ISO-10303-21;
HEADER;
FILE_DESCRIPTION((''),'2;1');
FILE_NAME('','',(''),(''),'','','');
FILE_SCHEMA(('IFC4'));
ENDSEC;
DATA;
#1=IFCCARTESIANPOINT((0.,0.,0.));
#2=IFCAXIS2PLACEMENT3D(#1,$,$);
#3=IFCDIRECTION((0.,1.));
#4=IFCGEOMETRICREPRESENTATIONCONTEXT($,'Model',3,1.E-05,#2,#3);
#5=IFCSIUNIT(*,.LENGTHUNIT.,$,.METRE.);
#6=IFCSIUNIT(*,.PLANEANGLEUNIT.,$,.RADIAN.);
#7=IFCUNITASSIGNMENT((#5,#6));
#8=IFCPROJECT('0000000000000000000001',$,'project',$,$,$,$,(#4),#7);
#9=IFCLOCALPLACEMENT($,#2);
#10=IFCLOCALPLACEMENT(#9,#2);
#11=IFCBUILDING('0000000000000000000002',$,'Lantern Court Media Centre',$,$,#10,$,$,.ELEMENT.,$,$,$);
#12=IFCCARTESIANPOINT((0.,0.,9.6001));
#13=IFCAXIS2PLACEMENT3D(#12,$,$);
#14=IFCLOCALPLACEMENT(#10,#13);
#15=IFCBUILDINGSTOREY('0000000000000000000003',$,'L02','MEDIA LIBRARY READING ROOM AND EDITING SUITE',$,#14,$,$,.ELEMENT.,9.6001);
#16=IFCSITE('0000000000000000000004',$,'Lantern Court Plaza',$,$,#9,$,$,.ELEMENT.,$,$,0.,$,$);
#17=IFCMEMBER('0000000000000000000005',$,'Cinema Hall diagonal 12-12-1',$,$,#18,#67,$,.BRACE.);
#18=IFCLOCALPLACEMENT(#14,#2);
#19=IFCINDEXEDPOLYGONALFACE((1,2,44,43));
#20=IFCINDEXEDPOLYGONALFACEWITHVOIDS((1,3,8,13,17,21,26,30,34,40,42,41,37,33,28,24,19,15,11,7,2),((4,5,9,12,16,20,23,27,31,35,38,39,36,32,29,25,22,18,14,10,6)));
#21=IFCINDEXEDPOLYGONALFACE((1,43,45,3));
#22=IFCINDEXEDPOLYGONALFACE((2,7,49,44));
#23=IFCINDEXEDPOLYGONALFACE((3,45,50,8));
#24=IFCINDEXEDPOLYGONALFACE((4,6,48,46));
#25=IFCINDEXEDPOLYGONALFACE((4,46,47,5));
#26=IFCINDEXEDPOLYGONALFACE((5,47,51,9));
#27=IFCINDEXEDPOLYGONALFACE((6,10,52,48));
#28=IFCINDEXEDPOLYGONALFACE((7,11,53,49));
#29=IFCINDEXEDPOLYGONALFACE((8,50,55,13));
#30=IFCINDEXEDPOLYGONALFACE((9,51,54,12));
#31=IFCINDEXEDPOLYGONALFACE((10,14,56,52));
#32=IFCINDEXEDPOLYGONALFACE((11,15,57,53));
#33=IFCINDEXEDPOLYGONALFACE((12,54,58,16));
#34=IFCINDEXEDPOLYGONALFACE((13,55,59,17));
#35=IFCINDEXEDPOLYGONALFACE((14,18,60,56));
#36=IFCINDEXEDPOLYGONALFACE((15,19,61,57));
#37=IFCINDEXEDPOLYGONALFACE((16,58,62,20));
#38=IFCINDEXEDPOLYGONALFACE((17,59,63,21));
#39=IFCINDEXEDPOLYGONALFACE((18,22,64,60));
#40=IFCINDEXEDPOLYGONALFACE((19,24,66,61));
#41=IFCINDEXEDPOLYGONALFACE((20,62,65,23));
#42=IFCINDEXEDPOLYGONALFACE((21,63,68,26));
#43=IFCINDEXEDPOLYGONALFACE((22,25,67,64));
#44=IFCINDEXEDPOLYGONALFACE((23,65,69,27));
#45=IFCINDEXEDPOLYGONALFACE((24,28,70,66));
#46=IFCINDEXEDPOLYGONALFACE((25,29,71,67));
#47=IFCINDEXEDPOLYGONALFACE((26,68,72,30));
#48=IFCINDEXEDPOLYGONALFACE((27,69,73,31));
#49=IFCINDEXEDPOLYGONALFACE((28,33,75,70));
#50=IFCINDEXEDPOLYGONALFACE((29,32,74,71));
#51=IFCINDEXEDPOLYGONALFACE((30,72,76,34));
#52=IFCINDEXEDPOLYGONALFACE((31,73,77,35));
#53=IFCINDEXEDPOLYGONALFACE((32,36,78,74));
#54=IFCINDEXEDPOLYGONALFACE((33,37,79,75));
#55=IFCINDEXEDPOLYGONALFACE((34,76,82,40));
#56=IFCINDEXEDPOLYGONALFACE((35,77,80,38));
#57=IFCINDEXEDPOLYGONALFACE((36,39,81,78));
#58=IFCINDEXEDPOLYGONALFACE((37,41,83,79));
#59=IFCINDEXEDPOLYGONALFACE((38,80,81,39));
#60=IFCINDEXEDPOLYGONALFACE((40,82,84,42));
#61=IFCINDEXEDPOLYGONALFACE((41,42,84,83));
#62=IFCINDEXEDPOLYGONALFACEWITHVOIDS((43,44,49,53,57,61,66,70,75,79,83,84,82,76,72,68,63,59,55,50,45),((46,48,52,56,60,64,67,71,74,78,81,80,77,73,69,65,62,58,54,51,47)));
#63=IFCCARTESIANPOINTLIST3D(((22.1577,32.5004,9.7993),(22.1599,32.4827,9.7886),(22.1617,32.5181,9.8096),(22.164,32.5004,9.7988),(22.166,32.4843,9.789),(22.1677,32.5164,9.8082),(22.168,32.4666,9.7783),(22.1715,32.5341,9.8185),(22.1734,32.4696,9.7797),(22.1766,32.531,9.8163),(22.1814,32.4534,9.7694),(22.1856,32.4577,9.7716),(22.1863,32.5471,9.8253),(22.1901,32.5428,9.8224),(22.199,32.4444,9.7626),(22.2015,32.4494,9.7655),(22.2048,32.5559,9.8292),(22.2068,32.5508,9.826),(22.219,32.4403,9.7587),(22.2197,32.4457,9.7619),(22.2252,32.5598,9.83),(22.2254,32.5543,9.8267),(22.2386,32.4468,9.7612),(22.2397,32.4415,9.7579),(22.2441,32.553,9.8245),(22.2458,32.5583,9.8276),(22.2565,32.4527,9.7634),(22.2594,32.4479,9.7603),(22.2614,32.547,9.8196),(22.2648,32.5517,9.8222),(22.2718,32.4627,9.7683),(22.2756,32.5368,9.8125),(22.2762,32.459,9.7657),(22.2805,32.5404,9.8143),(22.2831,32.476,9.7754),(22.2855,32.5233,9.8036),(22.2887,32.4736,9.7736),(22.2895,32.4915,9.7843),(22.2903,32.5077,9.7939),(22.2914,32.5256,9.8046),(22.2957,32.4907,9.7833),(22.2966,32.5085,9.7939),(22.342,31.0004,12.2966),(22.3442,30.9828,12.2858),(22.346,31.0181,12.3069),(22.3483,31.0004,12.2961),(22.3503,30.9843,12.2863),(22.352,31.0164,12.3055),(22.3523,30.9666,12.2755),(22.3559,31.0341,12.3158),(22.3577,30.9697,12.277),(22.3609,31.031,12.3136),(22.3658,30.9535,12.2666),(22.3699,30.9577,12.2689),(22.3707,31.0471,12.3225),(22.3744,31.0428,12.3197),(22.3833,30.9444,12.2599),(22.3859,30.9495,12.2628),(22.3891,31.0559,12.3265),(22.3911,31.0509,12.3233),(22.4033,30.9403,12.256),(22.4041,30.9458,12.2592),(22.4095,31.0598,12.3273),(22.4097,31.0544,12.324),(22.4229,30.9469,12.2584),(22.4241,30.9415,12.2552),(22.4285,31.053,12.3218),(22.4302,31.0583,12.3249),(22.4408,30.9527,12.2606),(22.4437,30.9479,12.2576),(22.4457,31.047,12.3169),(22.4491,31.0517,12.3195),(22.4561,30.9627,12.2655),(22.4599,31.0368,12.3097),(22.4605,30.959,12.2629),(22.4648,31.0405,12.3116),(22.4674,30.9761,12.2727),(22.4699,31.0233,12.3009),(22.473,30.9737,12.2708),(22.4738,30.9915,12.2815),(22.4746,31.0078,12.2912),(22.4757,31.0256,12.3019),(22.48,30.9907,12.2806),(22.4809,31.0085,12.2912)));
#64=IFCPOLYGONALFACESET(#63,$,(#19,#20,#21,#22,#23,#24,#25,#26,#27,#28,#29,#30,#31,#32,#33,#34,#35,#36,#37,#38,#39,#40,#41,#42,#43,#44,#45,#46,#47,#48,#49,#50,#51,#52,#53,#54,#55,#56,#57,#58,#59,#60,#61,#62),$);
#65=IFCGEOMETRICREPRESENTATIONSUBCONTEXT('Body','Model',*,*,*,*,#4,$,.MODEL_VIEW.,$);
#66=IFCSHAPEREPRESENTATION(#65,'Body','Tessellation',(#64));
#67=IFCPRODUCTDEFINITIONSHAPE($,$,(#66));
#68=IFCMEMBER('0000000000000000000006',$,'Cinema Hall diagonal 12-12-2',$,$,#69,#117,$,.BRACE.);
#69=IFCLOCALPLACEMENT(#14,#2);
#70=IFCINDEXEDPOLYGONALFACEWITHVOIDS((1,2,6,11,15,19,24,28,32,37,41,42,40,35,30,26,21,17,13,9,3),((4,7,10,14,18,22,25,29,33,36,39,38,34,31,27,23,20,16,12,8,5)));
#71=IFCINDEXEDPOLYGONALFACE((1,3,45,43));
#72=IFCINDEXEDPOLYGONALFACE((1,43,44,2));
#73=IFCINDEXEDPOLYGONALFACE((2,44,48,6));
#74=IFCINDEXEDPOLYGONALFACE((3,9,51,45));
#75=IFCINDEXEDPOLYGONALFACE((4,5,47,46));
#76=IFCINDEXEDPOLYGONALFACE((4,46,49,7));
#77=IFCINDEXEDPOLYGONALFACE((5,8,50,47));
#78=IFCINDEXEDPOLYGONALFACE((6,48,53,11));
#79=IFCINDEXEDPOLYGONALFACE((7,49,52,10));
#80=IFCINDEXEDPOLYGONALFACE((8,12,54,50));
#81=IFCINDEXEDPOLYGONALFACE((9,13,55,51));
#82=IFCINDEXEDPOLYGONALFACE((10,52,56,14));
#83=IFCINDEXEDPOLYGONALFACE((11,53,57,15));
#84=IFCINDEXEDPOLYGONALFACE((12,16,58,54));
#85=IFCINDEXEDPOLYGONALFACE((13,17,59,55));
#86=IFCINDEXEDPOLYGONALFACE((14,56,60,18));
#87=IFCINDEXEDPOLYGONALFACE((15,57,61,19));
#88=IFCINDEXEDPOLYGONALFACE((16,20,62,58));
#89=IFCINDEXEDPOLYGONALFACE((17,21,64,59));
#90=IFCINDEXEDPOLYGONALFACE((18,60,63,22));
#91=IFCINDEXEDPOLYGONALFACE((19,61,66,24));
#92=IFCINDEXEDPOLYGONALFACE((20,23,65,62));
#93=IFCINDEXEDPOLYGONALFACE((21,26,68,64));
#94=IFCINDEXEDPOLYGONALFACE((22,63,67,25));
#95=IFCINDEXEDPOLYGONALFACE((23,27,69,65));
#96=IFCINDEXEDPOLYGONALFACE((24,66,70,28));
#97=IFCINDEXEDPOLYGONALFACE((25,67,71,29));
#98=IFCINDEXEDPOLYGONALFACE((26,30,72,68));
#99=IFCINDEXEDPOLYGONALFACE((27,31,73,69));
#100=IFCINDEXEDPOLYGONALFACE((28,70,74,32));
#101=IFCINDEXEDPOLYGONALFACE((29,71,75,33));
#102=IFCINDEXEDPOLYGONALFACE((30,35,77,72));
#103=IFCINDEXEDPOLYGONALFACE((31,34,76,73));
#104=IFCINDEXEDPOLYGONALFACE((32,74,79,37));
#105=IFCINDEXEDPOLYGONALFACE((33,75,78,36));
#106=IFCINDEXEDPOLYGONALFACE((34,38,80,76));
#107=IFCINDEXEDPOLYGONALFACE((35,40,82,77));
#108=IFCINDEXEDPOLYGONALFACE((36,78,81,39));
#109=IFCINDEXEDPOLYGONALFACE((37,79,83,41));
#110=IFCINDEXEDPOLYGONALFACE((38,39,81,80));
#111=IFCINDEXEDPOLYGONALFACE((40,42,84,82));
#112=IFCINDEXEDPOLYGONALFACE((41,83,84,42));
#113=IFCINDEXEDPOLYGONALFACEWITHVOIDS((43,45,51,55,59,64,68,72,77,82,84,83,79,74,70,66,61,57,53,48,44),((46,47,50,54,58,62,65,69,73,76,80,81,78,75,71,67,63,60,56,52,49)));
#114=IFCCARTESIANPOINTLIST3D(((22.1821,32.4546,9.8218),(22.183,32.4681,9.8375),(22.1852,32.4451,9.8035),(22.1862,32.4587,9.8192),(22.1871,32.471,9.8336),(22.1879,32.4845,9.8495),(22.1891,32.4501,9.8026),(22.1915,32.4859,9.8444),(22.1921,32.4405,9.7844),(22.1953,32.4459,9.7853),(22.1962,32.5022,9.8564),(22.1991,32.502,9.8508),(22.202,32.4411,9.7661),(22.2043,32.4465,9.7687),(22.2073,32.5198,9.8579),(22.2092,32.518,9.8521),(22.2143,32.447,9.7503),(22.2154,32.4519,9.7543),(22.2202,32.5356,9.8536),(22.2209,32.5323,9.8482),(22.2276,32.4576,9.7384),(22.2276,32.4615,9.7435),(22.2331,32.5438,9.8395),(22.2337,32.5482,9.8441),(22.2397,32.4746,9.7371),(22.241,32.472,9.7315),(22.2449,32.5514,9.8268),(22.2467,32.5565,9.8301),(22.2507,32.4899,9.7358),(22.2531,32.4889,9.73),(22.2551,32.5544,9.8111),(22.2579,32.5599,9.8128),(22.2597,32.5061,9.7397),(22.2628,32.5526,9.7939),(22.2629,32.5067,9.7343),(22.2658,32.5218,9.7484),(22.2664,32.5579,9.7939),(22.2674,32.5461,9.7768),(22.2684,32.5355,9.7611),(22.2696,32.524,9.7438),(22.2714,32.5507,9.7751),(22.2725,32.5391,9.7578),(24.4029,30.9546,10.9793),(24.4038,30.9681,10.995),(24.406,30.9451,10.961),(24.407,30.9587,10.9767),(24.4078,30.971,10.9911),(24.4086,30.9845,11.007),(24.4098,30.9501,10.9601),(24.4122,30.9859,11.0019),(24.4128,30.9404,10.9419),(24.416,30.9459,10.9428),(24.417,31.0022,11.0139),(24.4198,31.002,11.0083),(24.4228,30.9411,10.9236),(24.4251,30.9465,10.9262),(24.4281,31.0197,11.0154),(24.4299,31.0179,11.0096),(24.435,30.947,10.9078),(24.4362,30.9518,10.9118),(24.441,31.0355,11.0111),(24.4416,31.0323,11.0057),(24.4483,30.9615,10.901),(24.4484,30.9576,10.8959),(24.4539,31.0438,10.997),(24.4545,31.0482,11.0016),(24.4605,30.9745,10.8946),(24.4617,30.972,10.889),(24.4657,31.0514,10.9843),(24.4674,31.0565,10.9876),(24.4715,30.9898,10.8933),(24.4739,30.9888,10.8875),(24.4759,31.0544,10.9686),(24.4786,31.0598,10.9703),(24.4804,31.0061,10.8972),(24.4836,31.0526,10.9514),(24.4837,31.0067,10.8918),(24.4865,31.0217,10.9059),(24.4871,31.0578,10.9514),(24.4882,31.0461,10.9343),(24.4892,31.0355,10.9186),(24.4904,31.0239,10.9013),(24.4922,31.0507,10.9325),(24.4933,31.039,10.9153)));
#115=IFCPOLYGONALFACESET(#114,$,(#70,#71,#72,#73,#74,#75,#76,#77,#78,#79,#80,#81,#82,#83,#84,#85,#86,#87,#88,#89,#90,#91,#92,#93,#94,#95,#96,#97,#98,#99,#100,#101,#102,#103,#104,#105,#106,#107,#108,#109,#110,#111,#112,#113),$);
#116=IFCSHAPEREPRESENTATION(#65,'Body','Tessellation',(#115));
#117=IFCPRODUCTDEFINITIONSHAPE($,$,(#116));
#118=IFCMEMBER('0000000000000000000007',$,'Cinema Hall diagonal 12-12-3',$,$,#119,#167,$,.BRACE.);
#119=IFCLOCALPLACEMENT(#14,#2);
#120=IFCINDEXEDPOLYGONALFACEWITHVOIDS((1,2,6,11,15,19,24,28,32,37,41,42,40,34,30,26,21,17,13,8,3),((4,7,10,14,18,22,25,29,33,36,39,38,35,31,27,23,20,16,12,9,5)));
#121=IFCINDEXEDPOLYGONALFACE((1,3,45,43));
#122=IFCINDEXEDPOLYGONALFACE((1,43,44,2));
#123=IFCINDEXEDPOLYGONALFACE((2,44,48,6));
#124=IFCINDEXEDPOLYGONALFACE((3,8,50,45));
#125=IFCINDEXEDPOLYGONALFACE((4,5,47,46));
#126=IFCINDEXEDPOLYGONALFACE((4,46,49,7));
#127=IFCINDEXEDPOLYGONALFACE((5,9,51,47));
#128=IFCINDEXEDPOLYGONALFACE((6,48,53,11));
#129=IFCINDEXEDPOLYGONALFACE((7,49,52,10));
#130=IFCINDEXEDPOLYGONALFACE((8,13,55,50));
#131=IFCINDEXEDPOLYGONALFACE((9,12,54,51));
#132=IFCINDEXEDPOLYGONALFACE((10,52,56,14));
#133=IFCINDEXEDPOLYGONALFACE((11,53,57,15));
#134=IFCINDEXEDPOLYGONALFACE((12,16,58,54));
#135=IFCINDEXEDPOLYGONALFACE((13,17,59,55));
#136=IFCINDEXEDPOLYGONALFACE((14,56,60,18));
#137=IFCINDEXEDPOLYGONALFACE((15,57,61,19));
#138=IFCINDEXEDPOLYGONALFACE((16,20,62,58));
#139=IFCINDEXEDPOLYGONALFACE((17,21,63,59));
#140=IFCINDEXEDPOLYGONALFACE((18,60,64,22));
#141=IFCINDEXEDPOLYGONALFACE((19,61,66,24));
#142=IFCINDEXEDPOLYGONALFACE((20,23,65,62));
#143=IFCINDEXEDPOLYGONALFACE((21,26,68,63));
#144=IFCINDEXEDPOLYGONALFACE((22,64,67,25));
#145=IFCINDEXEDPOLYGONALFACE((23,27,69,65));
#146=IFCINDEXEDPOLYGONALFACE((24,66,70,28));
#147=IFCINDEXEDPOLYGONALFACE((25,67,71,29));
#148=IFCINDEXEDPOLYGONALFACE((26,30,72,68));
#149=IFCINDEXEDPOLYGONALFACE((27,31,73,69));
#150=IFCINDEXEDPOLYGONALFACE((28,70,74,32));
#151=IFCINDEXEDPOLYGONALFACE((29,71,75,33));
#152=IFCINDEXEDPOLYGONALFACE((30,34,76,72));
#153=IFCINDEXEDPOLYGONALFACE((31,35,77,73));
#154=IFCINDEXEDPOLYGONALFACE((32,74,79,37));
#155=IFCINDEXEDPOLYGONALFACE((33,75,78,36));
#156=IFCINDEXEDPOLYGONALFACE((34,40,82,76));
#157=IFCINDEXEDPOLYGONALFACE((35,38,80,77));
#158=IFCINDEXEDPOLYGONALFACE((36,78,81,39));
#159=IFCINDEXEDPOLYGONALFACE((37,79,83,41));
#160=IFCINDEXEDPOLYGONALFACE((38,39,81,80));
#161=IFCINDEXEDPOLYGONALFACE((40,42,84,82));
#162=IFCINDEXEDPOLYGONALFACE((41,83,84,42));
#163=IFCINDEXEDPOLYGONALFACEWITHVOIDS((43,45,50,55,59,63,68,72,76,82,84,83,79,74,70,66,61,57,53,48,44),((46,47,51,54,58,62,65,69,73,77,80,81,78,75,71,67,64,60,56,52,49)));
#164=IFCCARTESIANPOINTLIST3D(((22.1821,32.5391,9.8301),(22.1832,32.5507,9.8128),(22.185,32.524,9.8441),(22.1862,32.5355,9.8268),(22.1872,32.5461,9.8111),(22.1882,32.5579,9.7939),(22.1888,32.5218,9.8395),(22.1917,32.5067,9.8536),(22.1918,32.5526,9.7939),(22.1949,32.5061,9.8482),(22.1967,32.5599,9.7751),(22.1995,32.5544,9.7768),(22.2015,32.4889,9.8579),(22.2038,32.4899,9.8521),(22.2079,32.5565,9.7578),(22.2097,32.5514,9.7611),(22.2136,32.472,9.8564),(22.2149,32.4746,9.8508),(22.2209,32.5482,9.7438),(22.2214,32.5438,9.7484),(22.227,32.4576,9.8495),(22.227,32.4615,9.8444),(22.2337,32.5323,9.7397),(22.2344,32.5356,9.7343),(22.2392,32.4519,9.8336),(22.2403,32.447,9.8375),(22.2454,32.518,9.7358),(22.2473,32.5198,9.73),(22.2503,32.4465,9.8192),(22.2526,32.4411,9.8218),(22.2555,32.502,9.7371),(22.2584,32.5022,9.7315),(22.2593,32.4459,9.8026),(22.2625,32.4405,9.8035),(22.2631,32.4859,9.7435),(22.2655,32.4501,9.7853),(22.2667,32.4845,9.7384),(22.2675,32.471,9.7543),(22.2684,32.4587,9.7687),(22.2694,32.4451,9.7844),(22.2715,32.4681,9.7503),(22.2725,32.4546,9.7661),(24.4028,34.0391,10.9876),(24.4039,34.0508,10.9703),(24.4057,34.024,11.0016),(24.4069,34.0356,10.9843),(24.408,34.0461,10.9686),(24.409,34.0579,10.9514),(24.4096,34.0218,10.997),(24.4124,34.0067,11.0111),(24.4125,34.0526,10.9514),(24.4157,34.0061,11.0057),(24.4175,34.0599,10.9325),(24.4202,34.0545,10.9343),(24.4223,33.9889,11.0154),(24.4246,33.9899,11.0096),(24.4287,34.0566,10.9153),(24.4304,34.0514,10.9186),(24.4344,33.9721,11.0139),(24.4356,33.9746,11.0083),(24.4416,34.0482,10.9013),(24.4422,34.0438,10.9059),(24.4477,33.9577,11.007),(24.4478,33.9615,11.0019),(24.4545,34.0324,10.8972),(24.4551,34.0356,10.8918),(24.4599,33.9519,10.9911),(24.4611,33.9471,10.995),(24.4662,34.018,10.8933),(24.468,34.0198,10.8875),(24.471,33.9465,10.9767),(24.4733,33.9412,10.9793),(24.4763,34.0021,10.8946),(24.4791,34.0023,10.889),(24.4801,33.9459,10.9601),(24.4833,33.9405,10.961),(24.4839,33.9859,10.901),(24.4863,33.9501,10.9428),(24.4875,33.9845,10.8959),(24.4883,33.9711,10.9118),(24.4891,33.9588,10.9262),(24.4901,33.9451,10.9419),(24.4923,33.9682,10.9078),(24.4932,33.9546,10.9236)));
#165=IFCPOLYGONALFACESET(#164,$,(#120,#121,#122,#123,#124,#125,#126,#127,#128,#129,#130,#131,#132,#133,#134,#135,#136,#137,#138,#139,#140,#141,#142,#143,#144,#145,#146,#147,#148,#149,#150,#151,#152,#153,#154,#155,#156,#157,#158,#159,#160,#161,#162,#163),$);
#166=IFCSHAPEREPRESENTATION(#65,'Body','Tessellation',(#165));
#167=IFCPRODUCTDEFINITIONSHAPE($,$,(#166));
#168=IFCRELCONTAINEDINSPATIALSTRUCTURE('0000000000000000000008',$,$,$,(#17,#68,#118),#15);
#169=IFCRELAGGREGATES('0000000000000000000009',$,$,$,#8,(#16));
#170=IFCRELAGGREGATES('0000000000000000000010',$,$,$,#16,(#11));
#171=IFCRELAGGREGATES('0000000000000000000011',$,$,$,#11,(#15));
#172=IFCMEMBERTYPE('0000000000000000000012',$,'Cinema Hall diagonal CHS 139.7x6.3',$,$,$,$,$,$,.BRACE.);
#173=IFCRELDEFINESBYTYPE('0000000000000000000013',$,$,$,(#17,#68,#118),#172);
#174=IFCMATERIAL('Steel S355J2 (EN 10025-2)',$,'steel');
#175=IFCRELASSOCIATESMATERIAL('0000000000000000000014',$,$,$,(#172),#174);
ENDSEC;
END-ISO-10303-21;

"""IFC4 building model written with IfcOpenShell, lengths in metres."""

from ifc_helpers import new_model, si_unit, direction, frame, origin, origin_2d, place, context, subcontext, project, spatial, hollow_circle, extrude, material, material_profile, profile_set, type_object, element, save


model = new_model("IFC4")

# Units and contexts
model_context = context("Model", 3, precision=1e-05, world=origin(), true_north=direction((0.0, 1.0)))
body_context = subcontext(model_context, "Body", "Model", "MODEL_VIEW")
ifc_project = project(units=[si_unit("LENGTHUNIT", "METRE"), si_unit("PLANEANGLEUNIT", "RADIAN")], contexts=[model_context])

# Site, building, storey
site_placement = place(None, origin())
site = spatial("IfcSite", under=ifc_project, at=site_placement, Name="Lantern Court Plaza", CompositionType="ELEMENT", RefElevation=0.0)
building_placement = place(site_placement, origin())
building = spatial("IfcBuilding", under=site, at=building_placement, Name="Lantern Court Media Centre", CompositionType="ELEMENT")
storey_placement = place(building_placement, frame((0.0, 0.0, 9.6001)))
storey = spatial("IfcBuildingStorey", under=building, at=storey_placement, Name="L02", Description="MEDIA LIBRARY READING ROOM AND EDITING SUITE", CompositionType="ELEMENT", Elevation=9.6001)

# Members
ifc_material = material(Name="Steel S355J2 (EN 10025-2)", Category="steel")
ifc_material_profile_1 = material_profile(ifc_material, hollow_circle(Radius=0.0698, WallThickness=0.0063, at=origin_2d()), Name="Cinema Hall diagonal CHS 139.7x6.3")
ifc_profile_set_1 = profile_set([ifc_material_profile_1], Name="Steel S355J2 (EN 10025-2)")
member_type_1 = type_object("IfcMemberType", Name="Cinema Hall diagonal CHS 139.7x6.3", PredefinedType="BRACE", material=ifc_profile_set_1)
member_1_placement = place(storey_placement, frame((22.2273, 32.5, 9.7939), z_axis=(0.063147, -0.513875, 0.855538), x_axis=(0.992534, 0.121967, 0.0)))
element("IfcMember", 1, at=member_1_placement, inside=storey, type_object=member_type_1, Name="Cinema Hall diagonal 12-12-1", PredefinedType="BRACE", context=body_context, shape_type="SweptSolid", body=[
    extrude(hollow_circle(Radius=0.0698, WallThickness=0.0063, at=origin_2d()), origin(), (0.0, 0.0, 1.0), 2.9189),
])
for number, where, z_axis, x_axis, name in (
    (2, (22.2273, 32.5, 9.7939), (0.760744, -0.513854, 0.396514), (0.559736, 0.828671, 0.0), "Cinema Hall diagonal 12-12-2"),
    (3, (22.2273, 32.5, 9.7939), (0.760744, 0.513854, 0.396514), (-0.559736, 0.828671, 0.0), "Cinema Hall diagonal 12-12-3"),
):
    element("IfcMember", number, at=place(storey_placement, frame(where, z_axis=z_axis, x_axis=x_axis)), inside=storey, type_object=member_type_1, Name=name, PredefinedType="BRACE", context=body_context, shape_type="SweptSolid", body=[
        extrude(hollow_circle(Radius=0.0698, WallThickness=0.0063, at=origin_2d()), origin(), (0.0, 0.0, 1.0), 2.9192),
    ])

save(model, "model.ifc")
